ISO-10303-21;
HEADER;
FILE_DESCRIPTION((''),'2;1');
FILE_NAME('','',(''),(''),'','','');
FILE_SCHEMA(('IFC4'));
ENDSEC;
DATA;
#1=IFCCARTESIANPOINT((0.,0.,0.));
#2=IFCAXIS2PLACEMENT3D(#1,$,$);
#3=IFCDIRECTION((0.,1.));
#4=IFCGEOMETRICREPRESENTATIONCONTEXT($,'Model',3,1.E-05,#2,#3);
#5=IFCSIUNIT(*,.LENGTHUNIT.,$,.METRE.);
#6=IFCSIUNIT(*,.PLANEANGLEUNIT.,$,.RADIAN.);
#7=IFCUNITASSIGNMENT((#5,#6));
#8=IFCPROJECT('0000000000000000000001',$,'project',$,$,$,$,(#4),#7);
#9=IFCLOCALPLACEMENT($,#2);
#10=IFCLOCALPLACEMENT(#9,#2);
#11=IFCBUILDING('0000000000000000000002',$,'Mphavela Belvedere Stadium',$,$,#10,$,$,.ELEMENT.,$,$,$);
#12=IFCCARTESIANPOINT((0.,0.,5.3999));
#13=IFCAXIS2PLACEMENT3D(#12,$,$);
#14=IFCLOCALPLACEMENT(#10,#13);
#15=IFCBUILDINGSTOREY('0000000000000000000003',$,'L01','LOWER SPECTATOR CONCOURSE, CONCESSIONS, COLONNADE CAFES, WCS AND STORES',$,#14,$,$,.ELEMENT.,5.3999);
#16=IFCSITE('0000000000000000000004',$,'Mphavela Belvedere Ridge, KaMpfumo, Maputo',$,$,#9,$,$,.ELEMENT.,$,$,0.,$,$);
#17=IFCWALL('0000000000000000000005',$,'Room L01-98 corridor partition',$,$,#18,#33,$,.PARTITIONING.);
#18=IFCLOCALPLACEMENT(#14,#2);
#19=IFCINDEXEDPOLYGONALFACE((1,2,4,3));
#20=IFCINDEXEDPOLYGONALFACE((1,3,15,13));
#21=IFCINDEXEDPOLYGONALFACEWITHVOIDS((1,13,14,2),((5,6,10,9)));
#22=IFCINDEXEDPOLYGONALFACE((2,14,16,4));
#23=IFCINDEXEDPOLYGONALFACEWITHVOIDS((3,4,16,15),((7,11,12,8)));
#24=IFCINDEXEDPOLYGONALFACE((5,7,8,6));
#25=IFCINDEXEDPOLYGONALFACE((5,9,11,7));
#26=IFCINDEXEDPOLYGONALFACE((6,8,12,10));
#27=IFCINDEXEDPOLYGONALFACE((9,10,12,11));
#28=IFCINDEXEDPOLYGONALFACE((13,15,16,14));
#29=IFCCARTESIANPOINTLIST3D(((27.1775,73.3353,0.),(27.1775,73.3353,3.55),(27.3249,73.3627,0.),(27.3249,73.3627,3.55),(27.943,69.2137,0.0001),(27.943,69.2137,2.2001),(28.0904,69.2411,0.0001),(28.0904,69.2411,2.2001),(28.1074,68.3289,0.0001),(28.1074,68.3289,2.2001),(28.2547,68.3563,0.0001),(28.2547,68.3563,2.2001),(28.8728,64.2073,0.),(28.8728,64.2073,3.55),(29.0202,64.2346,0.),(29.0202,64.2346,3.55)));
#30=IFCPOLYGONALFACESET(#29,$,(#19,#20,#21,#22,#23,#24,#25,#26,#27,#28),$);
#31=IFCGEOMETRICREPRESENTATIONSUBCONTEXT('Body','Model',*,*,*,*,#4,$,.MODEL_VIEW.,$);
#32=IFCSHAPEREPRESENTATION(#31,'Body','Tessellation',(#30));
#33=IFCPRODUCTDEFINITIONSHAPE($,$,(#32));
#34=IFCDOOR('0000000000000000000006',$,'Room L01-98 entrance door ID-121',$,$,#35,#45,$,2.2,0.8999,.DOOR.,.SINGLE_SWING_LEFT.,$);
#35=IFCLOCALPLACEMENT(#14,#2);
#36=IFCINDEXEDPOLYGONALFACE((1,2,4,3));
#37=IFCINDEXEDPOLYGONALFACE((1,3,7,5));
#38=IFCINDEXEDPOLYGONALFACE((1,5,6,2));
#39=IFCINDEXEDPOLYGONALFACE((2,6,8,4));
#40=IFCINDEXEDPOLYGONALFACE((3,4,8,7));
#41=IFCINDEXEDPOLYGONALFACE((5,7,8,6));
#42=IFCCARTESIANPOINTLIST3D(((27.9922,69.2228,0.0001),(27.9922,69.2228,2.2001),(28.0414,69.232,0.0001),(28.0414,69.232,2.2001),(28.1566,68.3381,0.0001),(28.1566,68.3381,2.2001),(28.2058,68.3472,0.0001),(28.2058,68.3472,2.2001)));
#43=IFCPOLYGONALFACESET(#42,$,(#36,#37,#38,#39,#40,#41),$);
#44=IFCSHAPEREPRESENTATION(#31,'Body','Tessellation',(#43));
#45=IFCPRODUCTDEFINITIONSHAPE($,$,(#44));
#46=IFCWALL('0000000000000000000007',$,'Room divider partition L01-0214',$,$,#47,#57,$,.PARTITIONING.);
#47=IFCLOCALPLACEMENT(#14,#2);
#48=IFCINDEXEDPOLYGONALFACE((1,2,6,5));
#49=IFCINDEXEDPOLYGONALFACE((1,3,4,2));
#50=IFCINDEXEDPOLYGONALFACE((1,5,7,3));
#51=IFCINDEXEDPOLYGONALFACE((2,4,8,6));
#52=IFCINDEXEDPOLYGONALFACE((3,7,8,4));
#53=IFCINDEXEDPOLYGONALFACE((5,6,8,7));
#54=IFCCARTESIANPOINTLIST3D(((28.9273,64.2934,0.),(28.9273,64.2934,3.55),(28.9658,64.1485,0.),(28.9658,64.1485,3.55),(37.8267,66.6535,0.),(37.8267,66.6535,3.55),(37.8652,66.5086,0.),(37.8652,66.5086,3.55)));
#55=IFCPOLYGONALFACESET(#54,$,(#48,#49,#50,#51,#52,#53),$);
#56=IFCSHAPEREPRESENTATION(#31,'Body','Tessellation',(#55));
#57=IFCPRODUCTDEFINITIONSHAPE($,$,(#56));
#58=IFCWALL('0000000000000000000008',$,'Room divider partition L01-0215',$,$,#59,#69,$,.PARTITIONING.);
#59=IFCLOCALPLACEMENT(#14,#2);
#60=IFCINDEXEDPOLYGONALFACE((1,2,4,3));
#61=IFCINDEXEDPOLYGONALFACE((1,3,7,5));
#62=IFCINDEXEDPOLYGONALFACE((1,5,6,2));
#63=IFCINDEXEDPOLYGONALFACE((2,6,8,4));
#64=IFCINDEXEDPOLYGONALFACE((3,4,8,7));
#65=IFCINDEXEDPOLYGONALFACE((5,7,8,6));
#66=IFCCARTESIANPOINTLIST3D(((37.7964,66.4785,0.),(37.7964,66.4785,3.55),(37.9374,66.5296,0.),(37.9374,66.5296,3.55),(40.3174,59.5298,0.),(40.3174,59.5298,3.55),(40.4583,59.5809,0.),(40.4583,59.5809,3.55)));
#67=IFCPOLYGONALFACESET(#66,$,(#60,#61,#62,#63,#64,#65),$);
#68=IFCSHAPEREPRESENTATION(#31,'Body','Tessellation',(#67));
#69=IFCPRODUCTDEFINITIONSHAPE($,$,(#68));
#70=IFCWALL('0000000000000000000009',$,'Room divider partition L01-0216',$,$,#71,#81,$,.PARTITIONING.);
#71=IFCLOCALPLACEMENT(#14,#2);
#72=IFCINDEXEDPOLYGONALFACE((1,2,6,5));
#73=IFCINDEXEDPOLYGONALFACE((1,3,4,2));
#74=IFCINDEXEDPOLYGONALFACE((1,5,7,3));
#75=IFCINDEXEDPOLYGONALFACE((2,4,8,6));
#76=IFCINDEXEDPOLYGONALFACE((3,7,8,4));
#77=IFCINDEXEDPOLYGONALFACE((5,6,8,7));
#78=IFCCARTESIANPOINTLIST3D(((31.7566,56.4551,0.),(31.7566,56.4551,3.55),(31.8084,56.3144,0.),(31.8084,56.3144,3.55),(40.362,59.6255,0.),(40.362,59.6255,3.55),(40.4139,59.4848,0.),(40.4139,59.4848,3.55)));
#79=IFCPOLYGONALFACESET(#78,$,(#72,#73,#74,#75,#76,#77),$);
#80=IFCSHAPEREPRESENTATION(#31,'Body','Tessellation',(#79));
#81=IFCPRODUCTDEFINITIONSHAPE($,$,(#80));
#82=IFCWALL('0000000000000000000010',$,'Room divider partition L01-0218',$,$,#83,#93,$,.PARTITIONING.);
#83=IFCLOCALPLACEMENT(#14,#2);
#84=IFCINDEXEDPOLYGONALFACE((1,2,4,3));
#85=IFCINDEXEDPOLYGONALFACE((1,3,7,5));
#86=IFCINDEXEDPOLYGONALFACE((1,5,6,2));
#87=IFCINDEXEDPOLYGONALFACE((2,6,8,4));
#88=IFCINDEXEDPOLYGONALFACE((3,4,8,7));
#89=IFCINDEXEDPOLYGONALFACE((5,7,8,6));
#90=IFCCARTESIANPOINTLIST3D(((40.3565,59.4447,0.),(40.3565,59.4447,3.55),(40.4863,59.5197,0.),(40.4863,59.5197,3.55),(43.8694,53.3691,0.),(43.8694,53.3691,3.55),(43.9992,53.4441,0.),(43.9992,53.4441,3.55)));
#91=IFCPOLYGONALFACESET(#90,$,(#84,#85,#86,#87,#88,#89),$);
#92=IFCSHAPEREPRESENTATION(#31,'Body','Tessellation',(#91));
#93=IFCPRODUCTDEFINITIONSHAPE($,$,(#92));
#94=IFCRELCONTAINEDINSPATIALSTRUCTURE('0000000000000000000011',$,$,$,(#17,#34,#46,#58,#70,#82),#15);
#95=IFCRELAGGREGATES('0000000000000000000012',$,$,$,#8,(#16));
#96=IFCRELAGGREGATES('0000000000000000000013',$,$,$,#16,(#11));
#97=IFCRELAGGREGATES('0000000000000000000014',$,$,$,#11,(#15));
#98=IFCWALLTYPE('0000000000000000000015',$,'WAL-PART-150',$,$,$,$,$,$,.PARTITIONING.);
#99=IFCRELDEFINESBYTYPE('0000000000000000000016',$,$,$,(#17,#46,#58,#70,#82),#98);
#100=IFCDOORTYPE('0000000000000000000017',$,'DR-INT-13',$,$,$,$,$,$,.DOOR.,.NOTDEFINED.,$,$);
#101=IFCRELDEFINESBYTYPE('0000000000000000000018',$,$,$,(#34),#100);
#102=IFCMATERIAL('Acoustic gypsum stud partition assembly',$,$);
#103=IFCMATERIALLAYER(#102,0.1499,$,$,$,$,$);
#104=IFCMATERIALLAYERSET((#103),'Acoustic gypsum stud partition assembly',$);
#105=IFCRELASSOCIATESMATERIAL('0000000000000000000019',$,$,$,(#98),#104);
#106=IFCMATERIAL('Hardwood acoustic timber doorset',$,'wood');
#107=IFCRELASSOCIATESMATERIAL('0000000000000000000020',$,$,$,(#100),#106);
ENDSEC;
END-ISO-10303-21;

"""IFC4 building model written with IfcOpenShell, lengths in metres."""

from ifc_helpers import new_model, si_unit, direction, frame, frame_2d, origin, place, context, subcontext, project, spatial, rectangle, extrude, material, layer, layer_set, type_object, element, fill, save


model = new_model("IFC4")

# Units and contexts
model_context = context("Model", 3, precision=1e-05, world=origin(), true_north=direction((0.0, 1.0)))
body_context = subcontext(model_context, "Body", "Model", "MODEL_VIEW")
ifc_project = project(units=[si_unit("LENGTHUNIT", "METRE"), si_unit("PLANEANGLEUNIT", "RADIAN")], contexts=[model_context])

# Site, building, storey
site_placement = place(None, origin())
site = spatial("IfcSite", under=ifc_project, at=site_placement, Name="Mphavela Belvedere Ridge, KaMpfumo, Maputo", CompositionType="ELEMENT", RefElevation=0.0)
building_placement = place(site_placement, origin())
building = spatial("IfcBuilding", under=site, at=building_placement, Name="Mphavela Belvedere Stadium", CompositionType="ELEMENT")
storey_placement = place(building_placement, frame((0.0, 0.0, 5.3999)))
storey = spatial("IfcBuildingStorey", under=building, at=storey_placement, Name="L01", Description="LOWER SPECTATOR CONCOURSE, CONCESSIONS, COLONNADE CAFES, WCS AND STORES", CompositionType="ELEMENT", Elevation=5.3999)

# Wall, opening, door
ifc_material_1 = material(Name="Acoustic gypsum stud partition assembly")
ifc_layer = layer(ifc_material_1, 0.1499)
ifc_layer_set = layer_set([ifc_layer], Name="Acoustic gypsum stud partition assembly")
wall_type = type_object("IfcWallType", Name="WAL-PART-150", PredefinedType="PARTITIONING", material=ifc_layer_set)
wall_1_placement = place(storey_placement, frame((28.9465, 64.2209, 0.0), z_axis=(0.0, 0.0, 1.0), x_axis=(-0.182601, 0.983187, 0.0)))
wall_1 = element("IfcWall", 1, at=wall_1_placement, inside=storey, type_object=wall_type, Name="Room L01-98 corridor partition", PredefinedType="PARTITIONING", context=body_context, shape_type="SweptSolid", body=[
    extrude(rectangle(XDim=9.2842, YDim=0.1499, at=frame_2d((4.6421, 0.0))), origin(), (0.0, 0.0, 1.0), 3.55),
])
opening_placement = place(wall_1_placement, frame((4.1921, 0.0, 0.0)))
opening = element("IfcOpeningElement", 2, at=opening_placement, cuts=wall_1, PredefinedType="OPENING", context=body_context, shape_type="SweptSolid", body=[
    extrude(rectangle(XDim=0.8999, YDim=2.2, at=frame_2d((0.45, 1.1001))), frame((0.0, 0.085, 0.0), z_axis=(0.0, -1.0, 0.0), x_axis=(1.0, 0.0, 0.0)), (0.0, 0.0, 1.0), 0.1699),
])
ifc_material_2 = material(Name="Hardwood acoustic timber doorset", Category="wood")
door_type = type_object("IfcDoorType", Name="DR-INT-13", OperationType="NOTDEFINED", PredefinedType="DOOR", material=ifc_material_2)
door_placement = place(opening_placement, origin())
door = element("IfcDoor", 3, at=door_placement, inside=storey, type_object=door_type, Name="Room L01-98 entrance door ID-121", OperationType="SINGLE_SWING_LEFT", OverallHeight=2.2, OverallWidth=0.8999, PredefinedType="DOOR", context=body_context, shape_type="SweptSolid", body=[
    extrude(rectangle(XDim=0.8999, YDim=2.2, at=frame_2d((0.45, 1.1001))), frame((0.0, 0.0249, 0.0), z_axis=(0.0, -1.0, 0.0), x_axis=(1.0, 0.0, 0.0)), (0.0, 0.0, 1.0), 0.05),
])
fill(opening, door)

# Walls
wall_2_placement = place(storey_placement, frame((37.8459, 66.5811, 0.0), z_axis=(0.0, 0.0, 1.0), x_axis=(-0.966587, -0.256337, 0.0)))
element("IfcWall", 4, at=wall_2_placement, inside=storey, type_object=wall_type, Name="Room divider partition L01-0214", PredefinedType="PARTITIONING", context=body_context, shape_type="SweptSolid", body=[
    extrude(rectangle(XDim=9.207, YDim=0.1499, at=frame_2d((4.6035, 0.0))), origin(), (0.0, 0.0, 1.0), 3.55),
])
wall_3_placement = place(storey_placement, frame((37.8669, 66.5039, 0.0), z_axis=(0.0, 0.0, 1.0), x_axis=(0.341048, -0.940046, 0.0)))
element("IfcWall", 5, at=wall_3_placement, inside=storey, type_object=wall_type, Name="Room divider partition L01-0215", PredefinedType="PARTITIONING", context=body_context, shape_type="SweptSolid", body=[
    extrude(rectangle(XDim=7.3918, YDim=0.1499, at=frame_2d((3.6958, 0.0))), origin(), (0.0, 0.0, 1.0), 3.55),
])
wall_4_placement = place(storey_placement, frame((40.3879, 59.5552, 0.0), z_axis=(0.0, 0.0, 1.0), x_axis=(-0.938344, -0.345703, 0.0)))
element("IfcWall", 6, at=wall_4_placement, inside=storey, type_object=wall_type, Name="Room divider partition L01-0216", PredefinedType="PARTITIONING", context=body_context, shape_type="SweptSolid", body=[
    extrude(rectangle(XDim=9.1709, YDim=0.1499, at=frame_2d((4.5854, 0.0))), origin(), (0.0, 0.0, 1.0), 3.55),
])
wall_5_placement = place(storey_placement, frame((40.4214, 59.4822, 0.0), z_axis=(0.0, 0.0, 1.0), x_axis=(0.500549, -0.865708, 0.0)))
element("IfcWall", 7, at=wall_5_placement, inside=storey, type_object=wall_type, Name="Room divider partition L01-0218", PredefinedType="PARTITIONING", context=body_context, shape_type="SweptSolid", body=[
    extrude(rectangle(XDim=7.0181, YDim=0.1499, at=frame_2d((3.509, 0.0))), origin(), (0.0, 0.0, 1.0), 3.55),
])

save(model, "model.ifc")
